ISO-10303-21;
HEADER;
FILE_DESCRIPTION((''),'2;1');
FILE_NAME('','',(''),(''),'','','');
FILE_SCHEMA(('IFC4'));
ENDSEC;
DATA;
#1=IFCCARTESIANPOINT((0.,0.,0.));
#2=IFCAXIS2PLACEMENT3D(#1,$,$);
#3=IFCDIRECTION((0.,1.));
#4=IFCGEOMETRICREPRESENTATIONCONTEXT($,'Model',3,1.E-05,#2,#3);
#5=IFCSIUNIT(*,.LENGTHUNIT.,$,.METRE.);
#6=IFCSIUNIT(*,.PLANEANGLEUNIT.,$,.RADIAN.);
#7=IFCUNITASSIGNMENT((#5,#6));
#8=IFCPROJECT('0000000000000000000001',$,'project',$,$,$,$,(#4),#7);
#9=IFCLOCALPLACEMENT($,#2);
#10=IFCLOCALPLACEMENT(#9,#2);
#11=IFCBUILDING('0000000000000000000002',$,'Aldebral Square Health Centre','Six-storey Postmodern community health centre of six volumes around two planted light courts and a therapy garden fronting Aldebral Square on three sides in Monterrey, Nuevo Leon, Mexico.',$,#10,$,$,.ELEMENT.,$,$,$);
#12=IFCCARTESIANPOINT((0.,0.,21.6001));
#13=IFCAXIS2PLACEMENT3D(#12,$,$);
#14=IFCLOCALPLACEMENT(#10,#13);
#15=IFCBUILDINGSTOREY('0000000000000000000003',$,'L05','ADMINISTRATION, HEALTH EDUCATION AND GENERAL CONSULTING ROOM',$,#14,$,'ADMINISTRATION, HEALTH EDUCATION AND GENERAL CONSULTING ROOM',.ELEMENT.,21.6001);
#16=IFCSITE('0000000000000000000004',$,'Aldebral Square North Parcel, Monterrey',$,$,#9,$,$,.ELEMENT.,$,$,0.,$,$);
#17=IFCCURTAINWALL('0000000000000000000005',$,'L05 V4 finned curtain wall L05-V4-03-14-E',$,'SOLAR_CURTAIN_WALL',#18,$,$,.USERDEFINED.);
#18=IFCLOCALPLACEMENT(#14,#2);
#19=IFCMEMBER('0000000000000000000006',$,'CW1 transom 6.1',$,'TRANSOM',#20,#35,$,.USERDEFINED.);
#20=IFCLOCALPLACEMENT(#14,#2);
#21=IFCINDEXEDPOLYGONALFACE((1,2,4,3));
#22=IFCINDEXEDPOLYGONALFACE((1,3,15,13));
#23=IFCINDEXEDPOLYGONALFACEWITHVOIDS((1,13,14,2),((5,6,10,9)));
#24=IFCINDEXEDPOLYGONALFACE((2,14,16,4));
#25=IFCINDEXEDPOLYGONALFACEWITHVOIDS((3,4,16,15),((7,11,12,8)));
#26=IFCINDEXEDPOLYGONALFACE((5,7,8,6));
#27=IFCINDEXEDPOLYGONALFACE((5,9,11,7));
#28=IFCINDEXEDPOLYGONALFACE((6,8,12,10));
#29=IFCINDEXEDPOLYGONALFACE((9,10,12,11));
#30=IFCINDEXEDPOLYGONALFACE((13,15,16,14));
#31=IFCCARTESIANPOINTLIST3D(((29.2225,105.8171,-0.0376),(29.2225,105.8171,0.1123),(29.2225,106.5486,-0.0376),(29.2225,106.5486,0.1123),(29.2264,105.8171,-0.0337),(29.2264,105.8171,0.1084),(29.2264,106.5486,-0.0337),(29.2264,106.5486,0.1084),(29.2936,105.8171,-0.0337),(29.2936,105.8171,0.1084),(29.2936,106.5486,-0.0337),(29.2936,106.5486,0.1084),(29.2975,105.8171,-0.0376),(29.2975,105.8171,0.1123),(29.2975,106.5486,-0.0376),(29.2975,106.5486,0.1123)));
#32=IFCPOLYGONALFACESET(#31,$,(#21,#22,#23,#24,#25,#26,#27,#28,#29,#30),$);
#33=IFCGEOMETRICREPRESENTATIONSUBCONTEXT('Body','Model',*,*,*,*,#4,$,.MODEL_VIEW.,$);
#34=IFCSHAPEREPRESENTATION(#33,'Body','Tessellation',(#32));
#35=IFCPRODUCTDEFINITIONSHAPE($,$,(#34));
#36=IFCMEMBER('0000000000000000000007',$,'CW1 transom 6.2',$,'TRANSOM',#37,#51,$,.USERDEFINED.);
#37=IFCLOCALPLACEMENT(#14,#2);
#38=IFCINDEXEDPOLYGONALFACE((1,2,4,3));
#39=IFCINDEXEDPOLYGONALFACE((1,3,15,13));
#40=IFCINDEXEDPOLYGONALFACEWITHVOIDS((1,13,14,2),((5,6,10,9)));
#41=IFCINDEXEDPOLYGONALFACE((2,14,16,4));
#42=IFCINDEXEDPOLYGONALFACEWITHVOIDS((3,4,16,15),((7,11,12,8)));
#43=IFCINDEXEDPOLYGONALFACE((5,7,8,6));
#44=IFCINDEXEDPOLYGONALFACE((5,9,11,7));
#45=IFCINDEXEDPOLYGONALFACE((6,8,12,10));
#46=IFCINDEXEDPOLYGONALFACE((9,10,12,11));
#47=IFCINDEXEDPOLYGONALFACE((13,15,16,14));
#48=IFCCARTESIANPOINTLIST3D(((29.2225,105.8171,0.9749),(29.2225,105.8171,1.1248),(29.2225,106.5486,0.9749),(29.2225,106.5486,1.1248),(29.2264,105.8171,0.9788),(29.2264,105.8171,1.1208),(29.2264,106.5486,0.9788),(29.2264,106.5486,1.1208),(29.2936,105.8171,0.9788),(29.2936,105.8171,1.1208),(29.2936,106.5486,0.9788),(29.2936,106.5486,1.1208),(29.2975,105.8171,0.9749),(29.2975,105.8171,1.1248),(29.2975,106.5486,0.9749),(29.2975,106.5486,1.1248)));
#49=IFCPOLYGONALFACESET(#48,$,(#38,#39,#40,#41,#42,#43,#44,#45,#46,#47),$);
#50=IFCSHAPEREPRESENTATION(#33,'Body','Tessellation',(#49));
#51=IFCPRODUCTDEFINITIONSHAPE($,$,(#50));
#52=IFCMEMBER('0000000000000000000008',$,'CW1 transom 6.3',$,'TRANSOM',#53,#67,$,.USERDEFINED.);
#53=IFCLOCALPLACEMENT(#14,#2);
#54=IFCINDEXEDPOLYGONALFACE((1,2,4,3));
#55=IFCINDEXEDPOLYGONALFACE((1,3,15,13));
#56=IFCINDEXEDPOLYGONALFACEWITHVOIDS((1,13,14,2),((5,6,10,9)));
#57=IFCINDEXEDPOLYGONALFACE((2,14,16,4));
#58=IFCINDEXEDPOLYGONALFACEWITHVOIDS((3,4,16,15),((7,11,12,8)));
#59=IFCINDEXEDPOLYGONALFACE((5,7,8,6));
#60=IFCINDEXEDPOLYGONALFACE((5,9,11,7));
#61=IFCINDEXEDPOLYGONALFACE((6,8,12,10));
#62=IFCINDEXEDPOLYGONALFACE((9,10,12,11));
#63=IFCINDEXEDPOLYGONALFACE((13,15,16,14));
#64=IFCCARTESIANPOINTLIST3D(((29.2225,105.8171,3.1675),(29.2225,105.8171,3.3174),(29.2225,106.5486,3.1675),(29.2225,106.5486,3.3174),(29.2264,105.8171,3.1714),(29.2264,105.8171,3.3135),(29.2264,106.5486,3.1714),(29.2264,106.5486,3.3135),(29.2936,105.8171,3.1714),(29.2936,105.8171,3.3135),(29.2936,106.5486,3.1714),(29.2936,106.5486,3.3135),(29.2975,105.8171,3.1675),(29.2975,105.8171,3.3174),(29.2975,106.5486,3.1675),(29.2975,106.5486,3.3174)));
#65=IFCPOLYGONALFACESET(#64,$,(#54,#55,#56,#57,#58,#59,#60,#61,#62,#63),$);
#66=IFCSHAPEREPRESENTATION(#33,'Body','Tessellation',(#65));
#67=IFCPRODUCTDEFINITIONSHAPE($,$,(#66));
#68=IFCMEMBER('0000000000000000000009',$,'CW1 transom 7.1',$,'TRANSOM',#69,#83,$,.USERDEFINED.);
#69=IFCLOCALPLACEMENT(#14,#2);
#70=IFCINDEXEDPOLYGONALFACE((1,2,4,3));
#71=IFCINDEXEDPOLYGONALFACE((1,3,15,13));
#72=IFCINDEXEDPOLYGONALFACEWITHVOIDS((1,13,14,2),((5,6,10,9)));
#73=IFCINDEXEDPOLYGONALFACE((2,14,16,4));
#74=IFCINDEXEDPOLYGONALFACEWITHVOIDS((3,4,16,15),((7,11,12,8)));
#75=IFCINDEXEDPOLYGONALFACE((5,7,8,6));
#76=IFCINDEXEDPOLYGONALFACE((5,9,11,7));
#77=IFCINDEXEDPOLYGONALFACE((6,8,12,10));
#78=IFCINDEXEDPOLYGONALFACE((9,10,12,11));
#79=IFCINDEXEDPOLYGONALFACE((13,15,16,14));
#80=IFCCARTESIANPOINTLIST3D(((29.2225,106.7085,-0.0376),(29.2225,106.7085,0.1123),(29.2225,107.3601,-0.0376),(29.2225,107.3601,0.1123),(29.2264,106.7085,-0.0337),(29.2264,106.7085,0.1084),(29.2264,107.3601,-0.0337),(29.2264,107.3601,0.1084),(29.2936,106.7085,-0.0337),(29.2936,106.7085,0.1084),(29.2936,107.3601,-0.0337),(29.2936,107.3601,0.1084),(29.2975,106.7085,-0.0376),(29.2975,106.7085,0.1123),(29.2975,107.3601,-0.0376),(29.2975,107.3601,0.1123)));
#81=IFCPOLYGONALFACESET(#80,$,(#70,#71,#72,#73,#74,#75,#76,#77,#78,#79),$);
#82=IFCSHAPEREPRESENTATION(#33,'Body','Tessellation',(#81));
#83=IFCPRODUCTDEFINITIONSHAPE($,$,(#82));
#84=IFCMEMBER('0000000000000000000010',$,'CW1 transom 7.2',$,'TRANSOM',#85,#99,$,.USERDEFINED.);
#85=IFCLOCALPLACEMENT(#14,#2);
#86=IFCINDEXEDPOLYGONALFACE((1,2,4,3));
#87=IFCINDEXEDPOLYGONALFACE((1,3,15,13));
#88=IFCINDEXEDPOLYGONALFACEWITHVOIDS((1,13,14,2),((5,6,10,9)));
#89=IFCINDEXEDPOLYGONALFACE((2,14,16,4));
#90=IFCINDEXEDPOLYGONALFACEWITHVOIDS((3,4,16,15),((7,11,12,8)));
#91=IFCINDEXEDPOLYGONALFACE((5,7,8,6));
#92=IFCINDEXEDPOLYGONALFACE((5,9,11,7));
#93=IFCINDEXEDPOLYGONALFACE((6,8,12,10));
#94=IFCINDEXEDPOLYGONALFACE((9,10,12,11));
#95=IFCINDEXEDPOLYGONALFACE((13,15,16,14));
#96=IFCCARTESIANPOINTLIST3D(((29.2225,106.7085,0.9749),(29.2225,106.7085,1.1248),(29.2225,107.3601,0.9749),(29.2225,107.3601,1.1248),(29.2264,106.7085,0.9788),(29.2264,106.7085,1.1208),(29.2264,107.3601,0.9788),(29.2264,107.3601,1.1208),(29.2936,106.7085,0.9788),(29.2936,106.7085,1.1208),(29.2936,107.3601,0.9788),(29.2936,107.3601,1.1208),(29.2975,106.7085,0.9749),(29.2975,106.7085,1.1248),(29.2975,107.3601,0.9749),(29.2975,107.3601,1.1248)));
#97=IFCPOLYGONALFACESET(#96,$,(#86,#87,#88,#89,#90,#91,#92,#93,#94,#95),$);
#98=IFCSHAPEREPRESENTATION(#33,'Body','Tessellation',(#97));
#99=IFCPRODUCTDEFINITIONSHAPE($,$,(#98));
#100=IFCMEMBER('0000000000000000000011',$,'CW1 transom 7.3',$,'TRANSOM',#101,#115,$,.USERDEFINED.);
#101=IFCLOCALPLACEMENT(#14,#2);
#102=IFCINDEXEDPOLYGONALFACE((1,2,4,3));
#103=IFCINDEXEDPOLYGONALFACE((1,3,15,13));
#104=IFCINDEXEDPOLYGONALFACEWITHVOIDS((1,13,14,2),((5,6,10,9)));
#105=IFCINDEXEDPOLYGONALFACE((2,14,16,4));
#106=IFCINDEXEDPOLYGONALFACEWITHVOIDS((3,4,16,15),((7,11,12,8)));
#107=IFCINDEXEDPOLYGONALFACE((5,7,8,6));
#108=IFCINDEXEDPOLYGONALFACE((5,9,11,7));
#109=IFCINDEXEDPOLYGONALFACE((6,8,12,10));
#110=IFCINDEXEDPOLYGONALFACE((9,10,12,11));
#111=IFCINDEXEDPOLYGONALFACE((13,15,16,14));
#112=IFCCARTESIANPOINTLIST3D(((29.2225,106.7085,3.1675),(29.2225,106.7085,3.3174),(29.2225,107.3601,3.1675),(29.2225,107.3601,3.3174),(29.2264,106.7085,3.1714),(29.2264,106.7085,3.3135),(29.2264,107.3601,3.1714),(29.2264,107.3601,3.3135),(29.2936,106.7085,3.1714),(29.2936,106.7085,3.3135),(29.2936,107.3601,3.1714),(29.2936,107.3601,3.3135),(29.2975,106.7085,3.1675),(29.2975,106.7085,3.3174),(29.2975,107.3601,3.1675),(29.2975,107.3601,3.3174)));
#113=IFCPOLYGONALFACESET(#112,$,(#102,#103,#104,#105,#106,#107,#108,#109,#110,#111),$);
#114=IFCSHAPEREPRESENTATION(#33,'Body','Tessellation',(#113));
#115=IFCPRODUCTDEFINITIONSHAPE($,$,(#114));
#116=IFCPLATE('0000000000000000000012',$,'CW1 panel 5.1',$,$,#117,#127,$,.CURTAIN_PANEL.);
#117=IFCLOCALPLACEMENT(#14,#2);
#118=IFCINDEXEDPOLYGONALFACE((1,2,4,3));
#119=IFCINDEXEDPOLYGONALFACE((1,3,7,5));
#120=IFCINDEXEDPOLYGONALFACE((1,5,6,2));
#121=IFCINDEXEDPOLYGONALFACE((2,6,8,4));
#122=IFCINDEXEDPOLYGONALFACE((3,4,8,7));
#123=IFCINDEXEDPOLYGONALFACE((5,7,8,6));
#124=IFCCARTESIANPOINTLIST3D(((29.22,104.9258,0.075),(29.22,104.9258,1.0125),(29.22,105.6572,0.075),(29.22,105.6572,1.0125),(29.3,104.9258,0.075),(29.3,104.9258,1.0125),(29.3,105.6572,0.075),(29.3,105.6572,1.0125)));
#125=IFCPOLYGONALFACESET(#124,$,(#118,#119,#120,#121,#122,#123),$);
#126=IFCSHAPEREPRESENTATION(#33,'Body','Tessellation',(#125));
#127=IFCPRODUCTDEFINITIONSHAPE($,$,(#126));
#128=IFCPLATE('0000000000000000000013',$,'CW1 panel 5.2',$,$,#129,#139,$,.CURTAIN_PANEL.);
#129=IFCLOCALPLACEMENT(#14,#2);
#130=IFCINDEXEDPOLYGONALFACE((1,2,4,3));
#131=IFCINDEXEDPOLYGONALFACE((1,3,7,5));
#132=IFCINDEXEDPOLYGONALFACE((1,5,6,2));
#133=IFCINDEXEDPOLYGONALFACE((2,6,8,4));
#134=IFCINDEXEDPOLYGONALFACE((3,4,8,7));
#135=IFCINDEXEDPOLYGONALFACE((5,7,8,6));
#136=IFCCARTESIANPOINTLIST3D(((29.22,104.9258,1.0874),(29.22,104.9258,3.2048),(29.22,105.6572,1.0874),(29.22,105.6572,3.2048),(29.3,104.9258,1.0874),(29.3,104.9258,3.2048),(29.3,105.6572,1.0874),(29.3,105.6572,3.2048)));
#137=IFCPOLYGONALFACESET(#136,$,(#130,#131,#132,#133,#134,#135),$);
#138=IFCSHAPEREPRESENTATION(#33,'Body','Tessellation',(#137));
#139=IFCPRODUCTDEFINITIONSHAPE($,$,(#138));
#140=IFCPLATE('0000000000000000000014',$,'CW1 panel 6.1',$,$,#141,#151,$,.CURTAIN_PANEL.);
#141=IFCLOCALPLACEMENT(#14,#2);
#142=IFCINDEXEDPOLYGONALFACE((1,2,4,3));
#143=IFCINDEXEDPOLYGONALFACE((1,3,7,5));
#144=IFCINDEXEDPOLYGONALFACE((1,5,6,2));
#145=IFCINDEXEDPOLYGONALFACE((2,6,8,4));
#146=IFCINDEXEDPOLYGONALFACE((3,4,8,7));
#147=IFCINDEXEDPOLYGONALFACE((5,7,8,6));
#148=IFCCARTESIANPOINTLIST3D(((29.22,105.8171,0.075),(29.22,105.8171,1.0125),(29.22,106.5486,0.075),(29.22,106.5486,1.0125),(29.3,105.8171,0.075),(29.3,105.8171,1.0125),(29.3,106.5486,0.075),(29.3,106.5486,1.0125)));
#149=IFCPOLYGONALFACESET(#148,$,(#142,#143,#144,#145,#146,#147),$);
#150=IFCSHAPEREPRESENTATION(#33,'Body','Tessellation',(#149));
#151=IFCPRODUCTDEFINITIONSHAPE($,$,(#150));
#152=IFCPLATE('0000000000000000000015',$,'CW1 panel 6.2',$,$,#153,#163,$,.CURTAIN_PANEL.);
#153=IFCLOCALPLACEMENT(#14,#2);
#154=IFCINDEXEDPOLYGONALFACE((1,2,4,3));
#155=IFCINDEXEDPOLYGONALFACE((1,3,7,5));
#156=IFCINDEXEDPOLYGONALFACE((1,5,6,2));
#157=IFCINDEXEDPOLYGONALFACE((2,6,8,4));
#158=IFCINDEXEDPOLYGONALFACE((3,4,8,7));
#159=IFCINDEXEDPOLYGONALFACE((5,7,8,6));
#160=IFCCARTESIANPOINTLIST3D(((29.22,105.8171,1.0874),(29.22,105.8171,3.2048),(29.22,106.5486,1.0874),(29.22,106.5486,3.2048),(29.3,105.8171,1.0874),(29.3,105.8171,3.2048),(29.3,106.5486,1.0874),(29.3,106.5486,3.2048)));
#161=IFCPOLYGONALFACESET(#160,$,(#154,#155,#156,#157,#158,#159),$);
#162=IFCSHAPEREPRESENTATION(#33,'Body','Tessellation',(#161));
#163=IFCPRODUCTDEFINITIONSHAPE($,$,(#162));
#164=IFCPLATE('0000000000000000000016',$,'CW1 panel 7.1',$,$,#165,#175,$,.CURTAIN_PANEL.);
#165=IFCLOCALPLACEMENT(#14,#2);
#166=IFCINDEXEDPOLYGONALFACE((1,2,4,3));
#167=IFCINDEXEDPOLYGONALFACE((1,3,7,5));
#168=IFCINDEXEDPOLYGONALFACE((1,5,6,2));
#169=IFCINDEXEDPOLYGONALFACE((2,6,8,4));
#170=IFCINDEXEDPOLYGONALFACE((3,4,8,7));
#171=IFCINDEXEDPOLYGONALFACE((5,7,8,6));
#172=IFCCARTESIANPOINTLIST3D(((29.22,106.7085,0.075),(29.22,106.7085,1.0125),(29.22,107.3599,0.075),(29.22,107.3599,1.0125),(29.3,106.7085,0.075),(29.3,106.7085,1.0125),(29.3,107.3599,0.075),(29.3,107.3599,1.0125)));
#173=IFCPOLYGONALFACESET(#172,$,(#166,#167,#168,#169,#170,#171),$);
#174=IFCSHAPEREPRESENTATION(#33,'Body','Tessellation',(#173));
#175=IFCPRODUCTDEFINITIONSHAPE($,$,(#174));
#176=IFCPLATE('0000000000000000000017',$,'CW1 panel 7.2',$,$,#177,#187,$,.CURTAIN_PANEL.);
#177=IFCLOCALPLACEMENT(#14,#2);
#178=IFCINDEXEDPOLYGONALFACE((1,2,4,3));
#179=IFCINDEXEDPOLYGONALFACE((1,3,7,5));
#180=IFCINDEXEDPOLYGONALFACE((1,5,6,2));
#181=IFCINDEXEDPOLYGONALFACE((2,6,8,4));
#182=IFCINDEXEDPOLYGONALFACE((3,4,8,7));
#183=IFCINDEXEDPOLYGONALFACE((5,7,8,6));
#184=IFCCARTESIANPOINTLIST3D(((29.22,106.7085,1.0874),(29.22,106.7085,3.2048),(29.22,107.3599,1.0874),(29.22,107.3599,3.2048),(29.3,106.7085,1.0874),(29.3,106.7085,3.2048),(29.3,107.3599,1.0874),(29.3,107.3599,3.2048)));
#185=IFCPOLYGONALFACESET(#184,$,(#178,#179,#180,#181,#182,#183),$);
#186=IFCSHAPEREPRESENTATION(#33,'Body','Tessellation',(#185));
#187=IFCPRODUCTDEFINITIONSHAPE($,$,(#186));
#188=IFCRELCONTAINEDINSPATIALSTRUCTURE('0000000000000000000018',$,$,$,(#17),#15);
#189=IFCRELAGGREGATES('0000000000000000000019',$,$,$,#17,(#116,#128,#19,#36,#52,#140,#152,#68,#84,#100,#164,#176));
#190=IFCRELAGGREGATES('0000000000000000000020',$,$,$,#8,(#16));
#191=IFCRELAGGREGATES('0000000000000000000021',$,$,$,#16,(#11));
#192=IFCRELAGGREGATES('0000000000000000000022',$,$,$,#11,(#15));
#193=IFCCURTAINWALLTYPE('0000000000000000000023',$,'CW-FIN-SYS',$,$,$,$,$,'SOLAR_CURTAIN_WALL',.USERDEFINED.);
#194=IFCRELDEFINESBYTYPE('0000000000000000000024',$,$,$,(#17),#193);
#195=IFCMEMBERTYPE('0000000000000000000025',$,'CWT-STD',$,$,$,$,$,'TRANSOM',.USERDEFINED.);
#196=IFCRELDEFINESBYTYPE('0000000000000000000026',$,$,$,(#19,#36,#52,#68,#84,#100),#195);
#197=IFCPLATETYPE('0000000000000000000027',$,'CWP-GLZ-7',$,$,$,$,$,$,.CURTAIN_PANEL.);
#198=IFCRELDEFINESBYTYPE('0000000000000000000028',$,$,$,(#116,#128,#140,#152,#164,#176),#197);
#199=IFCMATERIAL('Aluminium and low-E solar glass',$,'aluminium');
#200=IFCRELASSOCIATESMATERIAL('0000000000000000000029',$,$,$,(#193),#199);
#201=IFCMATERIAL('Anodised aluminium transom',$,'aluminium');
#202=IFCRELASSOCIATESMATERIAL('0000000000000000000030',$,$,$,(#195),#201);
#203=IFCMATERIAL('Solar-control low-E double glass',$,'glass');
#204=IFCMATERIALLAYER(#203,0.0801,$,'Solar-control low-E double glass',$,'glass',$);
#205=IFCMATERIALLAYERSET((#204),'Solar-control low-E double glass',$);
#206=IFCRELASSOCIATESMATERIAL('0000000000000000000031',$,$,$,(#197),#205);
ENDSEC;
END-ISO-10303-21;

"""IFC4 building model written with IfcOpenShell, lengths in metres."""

from ifc_helpers import new_model, si_unit, direction, frame, origin, origin_2d, place, context, subcontext, project, spatial, rectangle, hollow_rectangle, extrude, material, layer, layer_set, material_profile, profile_set, type_object, element, aggregate, save


model = new_model("IFC4")

# Units and contexts
model_context = context("Model", 3, precision=1e-05, world=origin(), true_north=direction((0.0, 1.0)))
body_context = subcontext(model_context, "Body", "Model", "MODEL_VIEW")
ifc_project = project(units=[si_unit("LENGTHUNIT", "METRE"), si_unit("PLANEANGLEUNIT", "RADIAN")], contexts=[model_context])

# Site, building, storey
site_placement = place(None, origin())
site = spatial("IfcSite", under=ifc_project, at=site_placement, Name="Aldebral Square North Parcel, Monterrey", CompositionType="ELEMENT", RefElevation=0.0)
building_placement = place(site_placement, origin())
building = spatial("IfcBuilding", under=site, at=building_placement, Name="Aldebral Square Health Centre", Description="Six-storey Postmodern community health centre of six volumes around two planted light courts and a therapy garden fronting Aldebral Square on three sides in Monterrey, Nuevo Leon, Mexico.", CompositionType="ELEMENT")
storey_placement = place(building_placement, frame((0.0, 0.0, 21.6001)))
storey = spatial("IfcBuildingStorey", under=building, at=storey_placement, Name="L05", Description="ADMINISTRATION, HEALTH EDUCATION AND GENERAL CONSULTING ROOM", LongName="ADMINISTRATION, HEALTH EDUCATION AND GENERAL CONSULTING ROOM", CompositionType="ELEMENT", Elevation=21.6001)

# Curtain wall
ifc_material_1 = material(Name="Aluminium and low-E solar glass", Category="aluminium")
curtain_wall_type = type_object("IfcCurtainWallType", Name="CW-FIN-SYS", ElementType="SOLAR_CURTAIN_WALL", PredefinedType="USERDEFINED", material=ifc_material_1)
curtain_wall_1_placement = place(storey_placement, origin())
curtain_wall_1 = element("IfcCurtainWall", 1, at=curtain_wall_1_placement, inside=storey, type_object=curtain_wall_type, Name="L05 V4 finned curtain wall L05-V4-03-14-E", ObjectType="SOLAR_CURTAIN_WALL", PredefinedType="USERDEFINED")

# Members
ifc_material_2 = material(Name="Anodised aluminium transom", Category="aluminium")
ifc_material_profile_1 = material_profile(ifc_material_2, hollow_rectangle(XDim=0.075, YDim=0.1499, WallThickness=0.0039, at=origin_2d()), Name="CWT 75x150x4")
ifc_profile_set_1 = profile_set([ifc_material_profile_1], Name="Anodised aluminium transom")
member_type_1 = type_object("IfcMemberType", Name="CWT-STD", ElementType="TRANSOM", PredefinedType="USERDEFINED", material=ifc_profile_set_1)
member_1_placement = place(storey_placement, frame((29.26, 105.8171, 0.0374), z_axis=(0.0, 1.0, 0.0), x_axis=(-1.0, 0.0, 0.0)))
member_1 = element("IfcMember", 2, at=member_1_placement, type_object=member_type_1, Name="CW1 transom 6.1", ObjectType="TRANSOM", PredefinedType="USERDEFINED", context=body_context, shape_type="SweptSolid", body=[
    extrude(hollow_rectangle(XDim=0.075, YDim=0.1499, WallThickness=0.0039, at=origin_2d()), origin(), (0.0, 0.0, 1.0), 0.7314),
])
member_2_placement = place(storey_placement, frame((29.26, 105.8171, 1.0498), z_axis=(0.0, 1.0, 0.0), x_axis=(-1.0, 0.0, 0.0)))
member_2 = element("IfcMember", 3, at=member_2_placement, type_object=member_type_1, Name="CW1 transom 6.2", ObjectType="TRANSOM", PredefinedType="USERDEFINED", context=body_context, shape_type="SweptSolid", body=[
    extrude(hollow_rectangle(XDim=0.075, YDim=0.1499, WallThickness=0.0039, at=origin_2d()), origin(), (0.0, 0.0, 1.0), 0.7314),
])
member_3_placement = place(storey_placement, frame((29.26, 105.8171, 3.2424), z_axis=(0.0, 1.0, 0.0), x_axis=(-1.0, 0.0, 0.0)))
member_3 = element("IfcMember", 4, at=member_3_placement, type_object=member_type_1, Name="CW1 transom 6.3", ObjectType="TRANSOM", PredefinedType="USERDEFINED", context=body_context, shape_type="SweptSolid", body=[
    extrude(hollow_rectangle(XDim=0.075, YDim=0.1499, WallThickness=0.0039, at=origin_2d()), origin(), (0.0, 0.0, 1.0), 0.7314),
])
member_4_placement = place(storey_placement, frame((29.26, 106.7085, 0.0374), z_axis=(0.0, 1.0, 0.0), x_axis=(-1.0, 0.0, 0.0)))
member_4 = element("IfcMember", 5, at=member_4_placement, type_object=member_type_1, Name="CW1 transom 7.1", ObjectType="TRANSOM", PredefinedType="USERDEFINED", context=body_context, shape_type="SweptSolid", body=[
    extrude(hollow_rectangle(XDim=0.075, YDim=0.1499, WallThickness=0.0039, at=origin_2d()), origin(), (0.0, 0.0, 1.0), 0.6516),
])
member_5_placement = place(storey_placement, frame((29.26, 106.7085, 1.0498), z_axis=(0.0, 1.0, 0.0), x_axis=(-1.0, 0.0, 0.0)))
member_5 = element("IfcMember", 6, at=member_5_placement, type_object=member_type_1, Name="CW1 transom 7.2", ObjectType="TRANSOM", PredefinedType="USERDEFINED", context=body_context, shape_type="SweptSolid", body=[
    extrude(hollow_rectangle(XDim=0.075, YDim=0.1499, WallThickness=0.0039, at=origin_2d()), origin(), (0.0, 0.0, 1.0), 0.6516),
])
member_6_placement = place(storey_placement, frame((29.26, 106.7085, 3.2424), z_axis=(0.0, 1.0, 0.0), x_axis=(-1.0, 0.0, 0.0)))
member_6 = element("IfcMember", 7, at=member_6_placement, type_object=member_type_1, Name="CW1 transom 7.3", ObjectType="TRANSOM", PredefinedType="USERDEFINED", context=body_context, shape_type="SweptSolid", body=[
    extrude(hollow_rectangle(XDim=0.075, YDim=0.1499, WallThickness=0.0039, at=origin_2d()), origin(), (0.0, 0.0, 1.0), 0.6516),
])

# Plates
ifc_material_3 = material(Name="Solar-control low-E double glass", Category="glass")
ifc_layer = layer(ifc_material_3, 0.0801, Name="Solar-control low-E double glass", Category="glass")
ifc_layer_set = layer_set([ifc_layer], Name="Solar-control low-E double glass")
plate_type = type_object("IfcPlateType", Name="CWP-GLZ-7", PredefinedType="CURTAIN_PANEL", material=ifc_layer_set)
plate_1_placement = place(storey_placement, frame((29.26, 105.2915, 0.075), z_axis=(0.0, 0.0, 1.0), x_axis=(0.0, 1.0, 0.0)))
plate_1 = element("IfcPlate", 8, at=plate_1_placement, type_object=plate_type, Name="CW1 panel 5.1", PredefinedType="CURTAIN_PANEL", context=body_context, shape_type="SweptSolid", body=[
    extrude(rectangle(XDim=0.7314, YDim=0.0801, at=origin_2d()), origin(), (0.0, 0.0, 1.0), 0.9375),
])
plate_2_placement = place(storey_placement, frame((29.26, 105.2915, 1.0874), z_axis=(0.0, 0.0, 1.0), x_axis=(0.0, 1.0, 0.0)))
plate_2 = element("IfcPlate", 9, at=plate_2_placement, type_object=plate_type, Name="CW1 panel 5.2", PredefinedType="CURTAIN_PANEL", context=body_context, shape_type="SweptSolid", body=[
    extrude(rectangle(XDim=0.7314, YDim=0.0801, at=origin_2d()), origin(), (0.0, 0.0, 1.0), 2.1174),
])
plate_3_placement = place(storey_placement, frame((29.26, 106.1829, 0.075), z_axis=(0.0, 0.0, 1.0), x_axis=(0.0, 1.0, 0.0)))
plate_3 = element("IfcPlate", 10, at=plate_3_placement, type_object=plate_type, Name="CW1 panel 6.1", PredefinedType="CURTAIN_PANEL", context=body_context, shape_type="SweptSolid", body=[
    extrude(rectangle(XDim=0.7314, YDim=0.0801, at=origin_2d()), origin(), (0.0, 0.0, 1.0), 0.9375),
])
plate_4_placement = place(storey_placement, frame((29.26, 106.1829, 1.0874), z_axis=(0.0, 0.0, 1.0), x_axis=(0.0, 1.0, 0.0)))
plate_4 = element("IfcPlate", 11, at=plate_4_placement, type_object=plate_type, Name="CW1 panel 6.2", PredefinedType="CURTAIN_PANEL", context=body_context, shape_type="SweptSolid", body=[
    extrude(rectangle(XDim=0.7314, YDim=0.0801, at=origin_2d()), origin(), (0.0, 0.0, 1.0), 2.1174),
])
plate_5_placement = place(storey_placement, frame((29.26, 107.0342, 0.075), z_axis=(0.0, 0.0, 1.0), x_axis=(0.0, 1.0, 0.0)))
plate_5 = element("IfcPlate", 12, at=plate_5_placement, type_object=plate_type, Name="CW1 panel 7.1", PredefinedType="CURTAIN_PANEL", context=body_context, shape_type="SweptSolid", body=[
    extrude(rectangle(XDim=0.6514, YDim=0.0801, at=origin_2d()), origin(), (0.0, 0.0, 1.0), 0.9375),
])
plate_6_placement = place(storey_placement, frame((29.26, 107.0342, 1.0874), z_axis=(0.0, 0.0, 1.0), x_axis=(0.0, 1.0, 0.0)))
plate_6 = element("IfcPlate", 13, at=plate_6_placement, type_object=plate_type, Name="CW1 panel 7.2", PredefinedType="CURTAIN_PANEL", context=body_context, shape_type="SweptSolid", body=[
    extrude(rectangle(XDim=0.6514, YDim=0.0801, at=origin_2d()), origin(), (0.0, 0.0, 1.0), 2.1174),
])
aggregate(curtain_wall_1, [plate_1, plate_2, member_1, member_2, member_3, plate_3, plate_4, member_4, member_5, member_6, plate_5, plate_6])

save(model, "model.ifc")
